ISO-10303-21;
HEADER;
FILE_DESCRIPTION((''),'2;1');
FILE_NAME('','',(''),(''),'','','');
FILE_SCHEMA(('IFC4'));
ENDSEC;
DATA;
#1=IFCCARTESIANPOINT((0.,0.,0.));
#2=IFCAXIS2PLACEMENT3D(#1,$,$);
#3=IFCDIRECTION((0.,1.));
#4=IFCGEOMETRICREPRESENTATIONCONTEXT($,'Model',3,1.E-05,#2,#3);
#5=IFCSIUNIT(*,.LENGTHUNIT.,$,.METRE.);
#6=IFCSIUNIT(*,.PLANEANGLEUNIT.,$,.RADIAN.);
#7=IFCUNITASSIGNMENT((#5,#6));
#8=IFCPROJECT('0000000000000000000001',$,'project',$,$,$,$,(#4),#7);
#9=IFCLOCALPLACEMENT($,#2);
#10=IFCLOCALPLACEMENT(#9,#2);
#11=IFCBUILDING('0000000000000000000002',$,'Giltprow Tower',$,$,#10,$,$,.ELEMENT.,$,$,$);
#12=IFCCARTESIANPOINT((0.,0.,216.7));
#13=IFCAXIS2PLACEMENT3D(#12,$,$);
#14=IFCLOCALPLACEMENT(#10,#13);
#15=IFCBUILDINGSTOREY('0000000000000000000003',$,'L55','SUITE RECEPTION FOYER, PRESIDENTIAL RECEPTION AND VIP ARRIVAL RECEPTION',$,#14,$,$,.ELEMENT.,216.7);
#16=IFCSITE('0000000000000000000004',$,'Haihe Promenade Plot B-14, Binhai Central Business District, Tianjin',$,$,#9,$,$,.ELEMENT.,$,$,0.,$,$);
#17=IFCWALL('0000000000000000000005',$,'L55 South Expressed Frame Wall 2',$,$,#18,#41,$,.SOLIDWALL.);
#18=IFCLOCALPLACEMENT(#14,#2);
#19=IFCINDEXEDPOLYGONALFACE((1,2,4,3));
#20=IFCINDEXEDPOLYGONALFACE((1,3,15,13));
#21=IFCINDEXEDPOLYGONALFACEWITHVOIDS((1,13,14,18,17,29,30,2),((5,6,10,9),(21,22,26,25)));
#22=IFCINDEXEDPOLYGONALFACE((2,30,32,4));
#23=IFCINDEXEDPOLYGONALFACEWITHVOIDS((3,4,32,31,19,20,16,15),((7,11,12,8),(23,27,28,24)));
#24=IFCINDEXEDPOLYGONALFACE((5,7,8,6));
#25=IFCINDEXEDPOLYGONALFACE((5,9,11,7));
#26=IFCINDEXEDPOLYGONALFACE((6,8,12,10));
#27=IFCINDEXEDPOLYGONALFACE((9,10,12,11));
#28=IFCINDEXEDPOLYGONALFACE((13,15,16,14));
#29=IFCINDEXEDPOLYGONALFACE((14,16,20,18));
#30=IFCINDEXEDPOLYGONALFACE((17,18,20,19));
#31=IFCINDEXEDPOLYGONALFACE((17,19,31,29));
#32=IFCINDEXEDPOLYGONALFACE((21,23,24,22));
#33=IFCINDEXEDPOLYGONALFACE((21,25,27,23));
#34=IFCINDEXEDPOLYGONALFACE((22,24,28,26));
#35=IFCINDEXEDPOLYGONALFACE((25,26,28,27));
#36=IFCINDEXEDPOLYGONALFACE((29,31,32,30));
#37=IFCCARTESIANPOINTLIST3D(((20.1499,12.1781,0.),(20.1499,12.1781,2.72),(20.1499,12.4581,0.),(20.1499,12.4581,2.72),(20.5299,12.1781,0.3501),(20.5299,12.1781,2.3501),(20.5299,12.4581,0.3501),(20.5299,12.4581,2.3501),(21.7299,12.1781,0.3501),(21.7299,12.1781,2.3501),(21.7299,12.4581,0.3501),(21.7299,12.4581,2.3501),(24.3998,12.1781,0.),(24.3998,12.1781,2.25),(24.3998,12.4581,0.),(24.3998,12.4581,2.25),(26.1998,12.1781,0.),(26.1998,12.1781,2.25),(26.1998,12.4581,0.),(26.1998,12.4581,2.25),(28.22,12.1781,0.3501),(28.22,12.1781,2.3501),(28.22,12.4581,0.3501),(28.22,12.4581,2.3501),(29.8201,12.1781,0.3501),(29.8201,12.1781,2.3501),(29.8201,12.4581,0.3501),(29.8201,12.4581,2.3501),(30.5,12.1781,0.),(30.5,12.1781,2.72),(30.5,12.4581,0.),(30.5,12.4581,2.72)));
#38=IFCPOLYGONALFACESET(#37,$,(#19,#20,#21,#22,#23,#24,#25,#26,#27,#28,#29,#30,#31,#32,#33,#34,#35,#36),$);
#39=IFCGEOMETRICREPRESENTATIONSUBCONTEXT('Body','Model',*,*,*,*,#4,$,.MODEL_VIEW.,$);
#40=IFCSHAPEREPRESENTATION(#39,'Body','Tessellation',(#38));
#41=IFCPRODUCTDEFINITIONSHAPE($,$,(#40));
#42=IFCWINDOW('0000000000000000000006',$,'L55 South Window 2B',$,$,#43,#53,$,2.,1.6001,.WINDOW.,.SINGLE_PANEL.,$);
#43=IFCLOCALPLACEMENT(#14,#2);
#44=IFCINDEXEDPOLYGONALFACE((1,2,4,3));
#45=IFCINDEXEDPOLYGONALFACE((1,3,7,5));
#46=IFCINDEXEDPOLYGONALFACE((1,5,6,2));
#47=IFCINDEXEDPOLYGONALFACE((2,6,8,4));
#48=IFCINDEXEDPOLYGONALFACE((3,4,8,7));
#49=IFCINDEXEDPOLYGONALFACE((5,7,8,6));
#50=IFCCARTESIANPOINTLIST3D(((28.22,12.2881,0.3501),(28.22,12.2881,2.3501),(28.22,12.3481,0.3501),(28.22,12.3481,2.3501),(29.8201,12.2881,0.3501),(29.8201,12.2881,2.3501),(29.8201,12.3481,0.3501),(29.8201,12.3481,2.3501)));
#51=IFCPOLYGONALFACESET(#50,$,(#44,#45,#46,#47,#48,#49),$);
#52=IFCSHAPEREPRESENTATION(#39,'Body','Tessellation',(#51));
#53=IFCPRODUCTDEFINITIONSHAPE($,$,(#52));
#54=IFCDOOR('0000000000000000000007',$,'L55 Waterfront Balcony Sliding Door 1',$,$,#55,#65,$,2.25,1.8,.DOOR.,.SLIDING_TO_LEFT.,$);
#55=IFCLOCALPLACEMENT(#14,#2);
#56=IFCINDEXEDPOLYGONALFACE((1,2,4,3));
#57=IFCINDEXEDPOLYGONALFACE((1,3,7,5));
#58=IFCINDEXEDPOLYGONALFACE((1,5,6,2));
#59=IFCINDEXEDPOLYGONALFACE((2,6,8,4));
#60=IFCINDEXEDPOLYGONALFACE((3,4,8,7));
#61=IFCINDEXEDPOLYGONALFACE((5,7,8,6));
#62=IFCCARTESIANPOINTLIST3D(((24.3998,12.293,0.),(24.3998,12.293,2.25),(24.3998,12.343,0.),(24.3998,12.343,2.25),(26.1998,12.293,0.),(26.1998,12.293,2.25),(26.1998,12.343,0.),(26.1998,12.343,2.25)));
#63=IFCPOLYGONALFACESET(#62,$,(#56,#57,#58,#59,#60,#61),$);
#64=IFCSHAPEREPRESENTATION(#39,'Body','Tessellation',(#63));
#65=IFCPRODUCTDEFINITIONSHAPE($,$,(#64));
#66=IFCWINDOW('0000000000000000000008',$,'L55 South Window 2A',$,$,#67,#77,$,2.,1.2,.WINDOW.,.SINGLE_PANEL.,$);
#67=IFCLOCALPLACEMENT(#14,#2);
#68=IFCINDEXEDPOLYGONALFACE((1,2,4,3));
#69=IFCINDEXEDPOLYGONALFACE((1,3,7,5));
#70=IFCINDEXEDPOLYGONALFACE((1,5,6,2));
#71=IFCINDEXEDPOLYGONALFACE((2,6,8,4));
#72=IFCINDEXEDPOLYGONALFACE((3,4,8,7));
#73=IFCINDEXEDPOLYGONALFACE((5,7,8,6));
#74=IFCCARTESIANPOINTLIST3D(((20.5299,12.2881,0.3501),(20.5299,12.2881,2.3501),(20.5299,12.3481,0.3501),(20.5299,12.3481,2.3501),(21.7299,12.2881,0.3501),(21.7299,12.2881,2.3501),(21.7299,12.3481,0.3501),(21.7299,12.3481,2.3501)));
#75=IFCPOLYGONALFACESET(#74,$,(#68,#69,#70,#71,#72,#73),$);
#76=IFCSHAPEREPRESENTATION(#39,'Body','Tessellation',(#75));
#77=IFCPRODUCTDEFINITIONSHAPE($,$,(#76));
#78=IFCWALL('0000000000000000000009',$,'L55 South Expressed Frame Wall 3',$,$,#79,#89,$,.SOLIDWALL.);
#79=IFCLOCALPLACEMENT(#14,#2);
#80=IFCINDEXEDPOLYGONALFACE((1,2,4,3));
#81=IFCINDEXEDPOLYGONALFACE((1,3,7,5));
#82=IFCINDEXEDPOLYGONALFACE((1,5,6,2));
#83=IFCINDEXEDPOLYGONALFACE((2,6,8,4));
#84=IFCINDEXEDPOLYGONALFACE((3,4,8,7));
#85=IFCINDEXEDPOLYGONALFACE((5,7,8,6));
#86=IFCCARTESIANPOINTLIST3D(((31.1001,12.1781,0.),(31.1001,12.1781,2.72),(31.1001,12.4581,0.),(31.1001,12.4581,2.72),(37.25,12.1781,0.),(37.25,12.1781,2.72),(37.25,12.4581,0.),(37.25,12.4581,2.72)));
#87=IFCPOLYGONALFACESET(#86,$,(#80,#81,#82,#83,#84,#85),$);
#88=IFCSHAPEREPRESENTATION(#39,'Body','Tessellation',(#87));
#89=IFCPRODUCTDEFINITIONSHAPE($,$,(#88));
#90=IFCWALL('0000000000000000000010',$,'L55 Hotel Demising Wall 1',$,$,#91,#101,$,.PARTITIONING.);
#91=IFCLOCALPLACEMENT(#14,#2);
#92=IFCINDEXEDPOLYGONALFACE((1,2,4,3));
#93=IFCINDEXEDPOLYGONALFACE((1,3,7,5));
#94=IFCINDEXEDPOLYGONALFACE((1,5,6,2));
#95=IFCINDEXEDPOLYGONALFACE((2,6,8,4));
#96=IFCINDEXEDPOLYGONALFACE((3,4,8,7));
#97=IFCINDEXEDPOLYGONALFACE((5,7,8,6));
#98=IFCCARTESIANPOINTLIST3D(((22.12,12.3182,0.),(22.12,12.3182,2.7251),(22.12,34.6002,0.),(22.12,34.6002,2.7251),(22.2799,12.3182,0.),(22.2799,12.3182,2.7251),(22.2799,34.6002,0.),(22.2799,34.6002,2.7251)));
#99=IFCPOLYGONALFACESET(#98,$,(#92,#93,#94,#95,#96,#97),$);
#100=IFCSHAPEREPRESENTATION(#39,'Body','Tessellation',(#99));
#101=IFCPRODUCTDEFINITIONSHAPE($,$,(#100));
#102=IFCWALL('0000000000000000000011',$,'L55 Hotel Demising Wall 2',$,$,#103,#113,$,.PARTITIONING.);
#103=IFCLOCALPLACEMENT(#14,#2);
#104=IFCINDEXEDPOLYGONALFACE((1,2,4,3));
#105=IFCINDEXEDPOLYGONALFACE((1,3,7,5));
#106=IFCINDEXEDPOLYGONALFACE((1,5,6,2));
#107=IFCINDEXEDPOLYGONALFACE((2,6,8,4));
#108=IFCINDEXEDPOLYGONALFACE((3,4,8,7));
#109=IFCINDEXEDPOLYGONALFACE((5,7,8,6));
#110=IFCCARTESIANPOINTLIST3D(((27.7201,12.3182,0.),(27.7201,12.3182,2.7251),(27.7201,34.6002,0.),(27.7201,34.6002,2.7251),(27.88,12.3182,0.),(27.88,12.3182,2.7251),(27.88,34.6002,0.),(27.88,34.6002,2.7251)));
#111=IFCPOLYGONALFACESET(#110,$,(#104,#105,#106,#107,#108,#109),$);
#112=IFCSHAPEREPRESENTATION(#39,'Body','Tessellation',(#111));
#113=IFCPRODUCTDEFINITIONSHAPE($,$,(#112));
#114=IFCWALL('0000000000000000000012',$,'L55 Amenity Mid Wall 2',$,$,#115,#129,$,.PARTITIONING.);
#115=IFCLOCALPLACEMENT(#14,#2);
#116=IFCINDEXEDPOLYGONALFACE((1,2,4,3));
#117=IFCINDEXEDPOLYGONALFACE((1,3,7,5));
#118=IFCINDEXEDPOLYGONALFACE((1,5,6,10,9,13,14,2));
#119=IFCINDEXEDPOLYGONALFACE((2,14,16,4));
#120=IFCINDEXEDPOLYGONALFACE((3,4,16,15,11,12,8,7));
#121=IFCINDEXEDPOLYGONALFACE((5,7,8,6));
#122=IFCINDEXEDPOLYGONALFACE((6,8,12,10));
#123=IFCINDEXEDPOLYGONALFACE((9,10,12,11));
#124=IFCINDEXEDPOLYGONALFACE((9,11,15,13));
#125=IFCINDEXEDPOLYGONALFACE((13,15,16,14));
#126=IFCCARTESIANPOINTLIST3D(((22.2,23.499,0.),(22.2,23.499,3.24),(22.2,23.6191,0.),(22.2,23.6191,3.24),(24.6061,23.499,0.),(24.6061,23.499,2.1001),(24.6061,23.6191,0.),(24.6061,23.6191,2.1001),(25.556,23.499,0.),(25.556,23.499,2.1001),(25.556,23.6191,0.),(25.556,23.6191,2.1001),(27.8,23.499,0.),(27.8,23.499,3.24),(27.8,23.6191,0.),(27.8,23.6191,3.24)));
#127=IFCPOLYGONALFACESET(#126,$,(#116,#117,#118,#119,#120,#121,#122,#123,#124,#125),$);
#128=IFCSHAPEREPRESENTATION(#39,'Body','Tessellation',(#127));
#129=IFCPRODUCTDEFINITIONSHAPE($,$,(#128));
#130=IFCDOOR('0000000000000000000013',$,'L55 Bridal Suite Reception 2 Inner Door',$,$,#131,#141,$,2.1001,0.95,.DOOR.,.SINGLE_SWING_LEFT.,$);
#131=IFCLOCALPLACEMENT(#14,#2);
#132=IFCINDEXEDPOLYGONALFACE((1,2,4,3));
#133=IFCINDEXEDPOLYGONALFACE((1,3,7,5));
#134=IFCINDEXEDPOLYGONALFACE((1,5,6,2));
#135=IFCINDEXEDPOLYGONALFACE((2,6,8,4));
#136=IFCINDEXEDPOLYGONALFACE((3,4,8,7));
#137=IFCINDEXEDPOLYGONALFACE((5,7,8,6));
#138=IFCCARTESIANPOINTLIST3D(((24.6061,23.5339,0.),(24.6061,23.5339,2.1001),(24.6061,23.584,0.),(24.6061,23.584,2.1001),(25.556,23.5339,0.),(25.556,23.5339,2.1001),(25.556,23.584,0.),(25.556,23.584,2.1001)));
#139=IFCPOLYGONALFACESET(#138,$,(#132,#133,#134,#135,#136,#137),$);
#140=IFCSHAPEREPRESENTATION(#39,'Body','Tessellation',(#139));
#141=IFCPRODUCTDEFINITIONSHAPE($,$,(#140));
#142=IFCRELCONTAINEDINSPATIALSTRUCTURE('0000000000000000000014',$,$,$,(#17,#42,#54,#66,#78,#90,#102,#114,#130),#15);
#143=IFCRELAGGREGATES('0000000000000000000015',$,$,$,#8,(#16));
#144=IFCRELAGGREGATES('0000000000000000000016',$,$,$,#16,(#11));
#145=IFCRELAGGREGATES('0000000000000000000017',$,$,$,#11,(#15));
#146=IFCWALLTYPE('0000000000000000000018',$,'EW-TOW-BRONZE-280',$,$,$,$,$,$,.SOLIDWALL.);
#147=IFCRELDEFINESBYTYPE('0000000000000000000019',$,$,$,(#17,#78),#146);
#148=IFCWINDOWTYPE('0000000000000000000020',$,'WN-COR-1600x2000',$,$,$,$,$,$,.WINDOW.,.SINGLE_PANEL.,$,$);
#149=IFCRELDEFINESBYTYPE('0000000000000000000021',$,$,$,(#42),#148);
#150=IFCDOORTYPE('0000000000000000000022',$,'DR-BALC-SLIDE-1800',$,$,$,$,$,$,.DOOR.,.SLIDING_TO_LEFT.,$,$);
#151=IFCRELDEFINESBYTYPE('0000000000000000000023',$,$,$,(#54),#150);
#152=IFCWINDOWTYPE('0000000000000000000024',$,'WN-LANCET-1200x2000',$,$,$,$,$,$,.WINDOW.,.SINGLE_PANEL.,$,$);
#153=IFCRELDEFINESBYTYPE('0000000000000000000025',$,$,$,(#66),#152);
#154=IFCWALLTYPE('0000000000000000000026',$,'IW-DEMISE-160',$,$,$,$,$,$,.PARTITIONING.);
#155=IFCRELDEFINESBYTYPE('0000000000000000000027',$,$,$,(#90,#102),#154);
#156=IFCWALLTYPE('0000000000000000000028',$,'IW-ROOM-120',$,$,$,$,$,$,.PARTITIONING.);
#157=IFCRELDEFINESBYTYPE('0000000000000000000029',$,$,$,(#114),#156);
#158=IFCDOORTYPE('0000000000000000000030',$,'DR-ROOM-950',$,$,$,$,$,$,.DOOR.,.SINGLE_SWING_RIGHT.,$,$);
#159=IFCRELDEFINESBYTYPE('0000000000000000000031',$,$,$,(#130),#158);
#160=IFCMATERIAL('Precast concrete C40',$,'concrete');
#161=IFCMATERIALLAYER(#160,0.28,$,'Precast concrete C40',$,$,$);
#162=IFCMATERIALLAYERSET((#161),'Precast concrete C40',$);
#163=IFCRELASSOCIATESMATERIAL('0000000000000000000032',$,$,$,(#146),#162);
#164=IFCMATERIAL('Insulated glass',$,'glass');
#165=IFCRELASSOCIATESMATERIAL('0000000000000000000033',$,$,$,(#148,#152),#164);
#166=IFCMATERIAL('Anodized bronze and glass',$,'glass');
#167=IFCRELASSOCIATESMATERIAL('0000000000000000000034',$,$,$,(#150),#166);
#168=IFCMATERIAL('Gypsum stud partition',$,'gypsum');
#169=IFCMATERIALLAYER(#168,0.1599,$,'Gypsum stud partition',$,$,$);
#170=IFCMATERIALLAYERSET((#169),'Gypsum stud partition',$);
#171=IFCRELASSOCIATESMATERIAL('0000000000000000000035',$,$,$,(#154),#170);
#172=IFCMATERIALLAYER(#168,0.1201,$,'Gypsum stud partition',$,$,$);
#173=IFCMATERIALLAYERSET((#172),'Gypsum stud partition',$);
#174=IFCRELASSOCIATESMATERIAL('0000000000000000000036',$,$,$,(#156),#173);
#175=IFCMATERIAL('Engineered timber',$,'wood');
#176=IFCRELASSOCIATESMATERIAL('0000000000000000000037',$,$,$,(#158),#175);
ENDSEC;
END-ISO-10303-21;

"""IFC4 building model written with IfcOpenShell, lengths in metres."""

from ifc_helpers import new_model, si_unit, direction, frame, frame_2d, origin, place, context, subcontext, project, spatial, rectangle, extrude, source, transform, mapped, material, layer, layer_set, type_object, element, fill, save


model = new_model("IFC4")

# Units and contexts
model_context = context("Model", 3, precision=1e-05, world=origin(), true_north=direction((0.0, 1.0)))
body_context = subcontext(model_context, "Body", "Model", "MODEL_VIEW")
ifc_project = project(units=[si_unit("LENGTHUNIT", "METRE"), si_unit("PLANEANGLEUNIT", "RADIAN")], contexts=[model_context])

# Site, building, storey
site_placement = place(None, origin())
site = spatial("IfcSite", under=ifc_project, at=site_placement, Name="Haihe Promenade Plot B-14, Binhai Central Business District, Tianjin", CompositionType="ELEMENT", RefElevation=0.0)
building_placement = place(site_placement, origin())
building = spatial("IfcBuilding", under=site, at=building_placement, Name="Giltprow Tower", CompositionType="ELEMENT")
storey_placement = place(building_placement, frame((0.0, 0.0, 216.7)))
storey = spatial("IfcBuildingStorey", under=building, at=storey_placement, Name="L55", Description="SUITE RECEPTION FOYER, PRESIDENTIAL RECEPTION AND VIP ARRIVAL RECEPTION", CompositionType="ELEMENT", Elevation=216.7)

# Wall, openings, windows, door
ifc_material_1 = material(Name="Precast concrete C40", Category="concrete")
ifc_layer_1 = layer(ifc_material_1, 0.28, Name="Precast concrete C40")
ifc_layer_set_1 = layer_set([ifc_layer_1], Name="Precast concrete C40")
wall_type_1 = type_object("IfcWallType", Name="EW-TOW-BRONZE-280", PredefinedType="SOLIDWALL", material=ifc_layer_set_1)
wall_1_placement = place(storey_placement, frame((20.1499, 12.3181, 0.0), z_axis=(0.0, 0.0, 1.0), x_axis=(1.0, 0.0, 0.0)))
wall_1 = element("IfcWall", 1, at=wall_1_placement, inside=storey, type_object=wall_type_1, Name="L55 South Expressed Frame Wall 2", PredefinedType="SOLIDWALL", context=body_context, shape_type="SweptSolid", body=[
    extrude(rectangle(XDim=10.3501, YDim=0.28, at=frame_2d((5.175, 0.0))), origin(), (0.0, 0.0, 1.0), 2.72),
])
opening_1_placement = place(wall_1_placement, frame((4.25, 0.0, 0.0)))
opening_1 = element("IfcOpeningElement", 2, at=opening_1_placement, cuts=wall_1, PredefinedType="OPENING", context=body_context, shape_type="SweptSolid", body=[
    extrude(rectangle(XDim=1.8, YDim=2.25, at=frame_2d((0.8999, 1.125))), frame((0.0, 0.1499, 0.0), z_axis=(0.0, -1.0, 0.0), x_axis=(1.0, 0.0, 0.0)), (0.0, 0.0, 1.0), 0.3),
])
opening_2_placement = place(wall_1_placement, frame((0.3799, 0.0, 0.3501)))
opening_2 = element("IfcOpeningElement", 3, at=opening_2_placement, cuts=wall_1, PredefinedType="OPENING", context=body_context, shape_type="SweptSolid", body=[
    extrude(rectangle(XDim=1.2, YDim=2.0, at=frame_2d((0.6001, 1.0))), frame((0.0, 0.1499, 0.0), z_axis=(0.0, -1.0, 0.0), x_axis=(1.0, 0.0, 0.0)), (0.0, 0.0, 1.0), 0.3),
])
opening_3_placement = place(wall_1_placement, frame((8.0701, 0.0, 0.3501)))
opening_3 = element("IfcOpeningElement", 4, at=opening_3_placement, cuts=wall_1, PredefinedType="OPENING", context=body_context, shape_type="SweptSolid", body=[
    extrude(rectangle(XDim=1.6001, YDim=2.0, at=frame_2d((0.8, 1.0))), frame((0.0, 0.1499, 0.0), z_axis=(0.0, -1.0, 0.0), x_axis=(1.0, 0.0, 0.0)), (0.0, 0.0, 1.0), 0.3),
])
ifc_material_2 = material(Name="Insulated glass", Category="glass")
window_type_1 = type_object("IfcWindowType", Name="WN-COR-1600x2000", PartitioningType="SINGLE_PANEL", PredefinedType="WINDOW", material=ifc_material_2)
shared_shape_1 = source(origin(), body_context, "Body", "SweptSolid", [
    extrude(rectangle(XDim=1.6001, YDim=2.0, at=frame_2d((0.8, 1.0))), frame((0.0, 0.03, 0.0), z_axis=(0.0, -1.0, 0.0), x_axis=(1.0, 0.0, 0.0)), (0.0, 0.0, 1.0), 0.0601),
])
window_1_placement = place(opening_3_placement, origin())
window_1 = element("IfcWindow", 5, at=window_1_placement, inside=storey, type_object=window_type_1, Name="L55 South Window 2B", OverallHeight=2.0, OverallWidth=1.6001, PartitioningType="SINGLE_PANEL", PredefinedType="WINDOW", context=body_context, shape_type="MappedRepresentation", body=[
    mapped(shared_shape_1, transform((0.0, 0.0, 0.0), x_axis=(1.0, 0.0, 0.0), y_axis=(0.0, 1.0, 0.0), z_axis=(0.0, 0.0, 1.0), scale=1.0)),
])
fill(opening_3, window_1)
ifc_material_3 = material(Name="Anodized bronze and glass", Category="glass")
door_type_1 = type_object("IfcDoorType", Name="DR-BALC-SLIDE-1800", OperationType="SLIDING_TO_LEFT", PredefinedType="DOOR", material=ifc_material_3)
shared_shape_2 = source(origin(), body_context, "Body", "SweptSolid", [
    extrude(rectangle(XDim=1.8, YDim=2.25, at=frame_2d((0.8999, 1.125))), frame((0.0, 0.0249, 0.0), z_axis=(0.0, -1.0, 0.0), x_axis=(1.0, 0.0, 0.0)), (0.0, 0.0, 1.0), 0.05),
])
door_1_placement = place(opening_1_placement, origin())
door_1 = element("IfcDoor", 6, at=door_1_placement, inside=storey, type_object=door_type_1, Name="L55 Waterfront Balcony Sliding Door 1", OperationType="SLIDING_TO_LEFT", OverallHeight=2.25, OverallWidth=1.8, PredefinedType="DOOR", context=body_context, shape_type="MappedRepresentation", body=[
    mapped(shared_shape_2, transform((0.0, 0.0, 0.0), x_axis=(1.0, 0.0, 0.0), y_axis=(0.0, 1.0, 0.0), z_axis=(0.0, 0.0, 1.0), scale=1.0)),
])
fill(opening_1, door_1)
window_type_2 = type_object("IfcWindowType", Name="WN-LANCET-1200x2000", PartitioningType="SINGLE_PANEL", PredefinedType="WINDOW", material=ifc_material_2)
shared_shape_3 = source(origin(), body_context, "Body", "SweptSolid", [
    extrude(rectangle(XDim=1.2, YDim=2.0, at=frame_2d((0.6001, 1.0))), frame((0.0, 0.03, 0.0), z_axis=(0.0, -1.0, 0.0), x_axis=(1.0, 0.0, 0.0)), (0.0, 0.0, 1.0), 0.0601),
])
window_2_placement = place(opening_2_placement, origin())
window_2 = element("IfcWindow", 7, at=window_2_placement, inside=storey, type_object=window_type_2, Name="L55 South Window 2A", OverallHeight=2.0, OverallWidth=1.2, PartitioningType="SINGLE_PANEL", PredefinedType="WINDOW", context=body_context, shape_type="MappedRepresentation", body=[
    mapped(shared_shape_3, transform((0.0, 0.0, 0.0), x_axis=(1.0, 0.0, 0.0), y_axis=(0.0, 1.0, 0.0), z_axis=(0.0, 0.0, 1.0), scale=1.0)),
])
fill(opening_2, window_2)

# Walls
wall_2_placement = place(storey_placement, frame((31.1001, 12.3181, 0.0), z_axis=(0.0, 0.0, 1.0), x_axis=(1.0, 0.0, 0.0)))
element("IfcWall", 8, at=wall_2_placement, inside=storey, type_object=wall_type_1, Name="L55 South Expressed Frame Wall 3", PredefinedType="SOLIDWALL", context=body_context, shape_type="SweptSolid", body=[
    extrude(rectangle(XDim=6.1499, YDim=0.28, at=frame_2d((3.075, 0.0))), origin(), (0.0, 0.0, 1.0), 2.72),
])
ifc_material_4 = material(Name="Gypsum stud partition", Category="gypsum")
ifc_layer_2 = layer(ifc_material_4, 0.1599, Name="Gypsum stud partition")
ifc_layer_set_2 = layer_set([ifc_layer_2], Name="Gypsum stud partition")
wall_type_2 = type_object("IfcWallType", Name="IW-DEMISE-160", PredefinedType="PARTITIONING", material=ifc_layer_set_2)
for number, where, z_axis, x_axis, name in (
    (9, (22.2, 12.3181, 0.0), (0.0, 0.0, 1.0), (0.0, 1.0, 0.0), "L55 Hotel Demising Wall 1"),
    (10, (27.8, 12.3181, 0.0), (0.0, 0.0, 1.0), (0.0, 1.0, 0.0), "L55 Hotel Demising Wall 2"),
):
    element("IfcWall", number, at=place(storey_placement, frame(where, z_axis=z_axis, x_axis=x_axis)), inside=storey, type_object=wall_type_2, Name=name, PredefinedType="PARTITIONING", context=body_context, shape_type="SweptSolid", body=[
        extrude(rectangle(XDim=22.282, YDim=0.1599, at=frame_2d((11.1411, 0.0))), origin(), (0.0, 0.0, 1.0), 2.7251),
    ])

# Wall, opening, door
ifc_layer_3 = layer(ifc_material_4, 0.1201, Name="Gypsum stud partition")
ifc_layer_set_3 = layer_set([ifc_layer_3], Name="Gypsum stud partition")
wall_type_3 = type_object("IfcWallType", Name="IW-ROOM-120", PredefinedType="PARTITIONING", material=ifc_layer_set_3)
wall_3_placement = place(storey_placement, frame((22.2, 23.5591, 0.0), z_axis=(0.0, 0.0, 1.0), x_axis=(1.0, 0.0, 0.0)))
wall_3 = element("IfcWall", 11, at=wall_3_placement, inside=storey, type_object=wall_type_3, Name="L55 Amenity Mid Wall 2", PredefinedType="PARTITIONING", context=body_context, shape_type="SweptSolid", body=[
    extrude(rectangle(XDim=5.6001, YDim=0.1201, at=frame_2d((2.8, 0.0))), origin(), (0.0, 0.0, 1.0), 3.24),
])
opening_4_placement = place(wall_3_placement, frame((2.406, 0.0, 0.0)))
opening_4 = element("IfcOpeningElement", 12, at=opening_4_placement, cuts=wall_3, PredefinedType="OPENING", context=body_context, shape_type="SweptSolid", body=[
    extrude(rectangle(XDim=0.95, YDim=2.1001, at=frame_2d((0.4751, 1.05))), frame((0.0, 0.0701, 0.0), z_axis=(0.0, -1.0, 0.0), x_axis=(1.0, 0.0, 0.0)), (0.0, 0.0, 1.0), 0.1401),
])
ifc_material_5 = material(Name="Engineered timber", Category="wood")
door_type_2 = type_object("IfcDoorType", Name="DR-ROOM-950", OperationType="SINGLE_SWING_RIGHT", PredefinedType="DOOR", material=ifc_material_5)
shared_shape_4 = source(origin(), body_context, "Body", "SweptSolid", [
    extrude(rectangle(XDim=0.95, YDim=2.1001, at=frame_2d((0.4751, 1.05))), frame((0.0, 0.0249, 0.0), z_axis=(0.0, -1.0, 0.0), x_axis=(1.0, 0.0, 0.0)), (0.0, 0.0, 1.0), 0.05),
])
door_2_placement = place(opening_4_placement, origin())
door_2 = element("IfcDoor", 13, at=door_2_placement, inside=storey, type_object=door_type_2, Name="L55 Bridal Suite Reception 2 Inner Door", OperationType="SINGLE_SWING_LEFT", OverallHeight=2.1001, OverallWidth=0.95, PredefinedType="DOOR", context=body_context, shape_type="MappedRepresentation", body=[
    mapped(shared_shape_4, transform((0.0, 0.0, 0.0), x_axis=(1.0, 0.0, 0.0), y_axis=(0.0, 1.0, 0.0), z_axis=(0.0, 0.0, 1.0), scale=1.0)),
])
fill(opening_4, door_2)

save(model, "model.ifc")
